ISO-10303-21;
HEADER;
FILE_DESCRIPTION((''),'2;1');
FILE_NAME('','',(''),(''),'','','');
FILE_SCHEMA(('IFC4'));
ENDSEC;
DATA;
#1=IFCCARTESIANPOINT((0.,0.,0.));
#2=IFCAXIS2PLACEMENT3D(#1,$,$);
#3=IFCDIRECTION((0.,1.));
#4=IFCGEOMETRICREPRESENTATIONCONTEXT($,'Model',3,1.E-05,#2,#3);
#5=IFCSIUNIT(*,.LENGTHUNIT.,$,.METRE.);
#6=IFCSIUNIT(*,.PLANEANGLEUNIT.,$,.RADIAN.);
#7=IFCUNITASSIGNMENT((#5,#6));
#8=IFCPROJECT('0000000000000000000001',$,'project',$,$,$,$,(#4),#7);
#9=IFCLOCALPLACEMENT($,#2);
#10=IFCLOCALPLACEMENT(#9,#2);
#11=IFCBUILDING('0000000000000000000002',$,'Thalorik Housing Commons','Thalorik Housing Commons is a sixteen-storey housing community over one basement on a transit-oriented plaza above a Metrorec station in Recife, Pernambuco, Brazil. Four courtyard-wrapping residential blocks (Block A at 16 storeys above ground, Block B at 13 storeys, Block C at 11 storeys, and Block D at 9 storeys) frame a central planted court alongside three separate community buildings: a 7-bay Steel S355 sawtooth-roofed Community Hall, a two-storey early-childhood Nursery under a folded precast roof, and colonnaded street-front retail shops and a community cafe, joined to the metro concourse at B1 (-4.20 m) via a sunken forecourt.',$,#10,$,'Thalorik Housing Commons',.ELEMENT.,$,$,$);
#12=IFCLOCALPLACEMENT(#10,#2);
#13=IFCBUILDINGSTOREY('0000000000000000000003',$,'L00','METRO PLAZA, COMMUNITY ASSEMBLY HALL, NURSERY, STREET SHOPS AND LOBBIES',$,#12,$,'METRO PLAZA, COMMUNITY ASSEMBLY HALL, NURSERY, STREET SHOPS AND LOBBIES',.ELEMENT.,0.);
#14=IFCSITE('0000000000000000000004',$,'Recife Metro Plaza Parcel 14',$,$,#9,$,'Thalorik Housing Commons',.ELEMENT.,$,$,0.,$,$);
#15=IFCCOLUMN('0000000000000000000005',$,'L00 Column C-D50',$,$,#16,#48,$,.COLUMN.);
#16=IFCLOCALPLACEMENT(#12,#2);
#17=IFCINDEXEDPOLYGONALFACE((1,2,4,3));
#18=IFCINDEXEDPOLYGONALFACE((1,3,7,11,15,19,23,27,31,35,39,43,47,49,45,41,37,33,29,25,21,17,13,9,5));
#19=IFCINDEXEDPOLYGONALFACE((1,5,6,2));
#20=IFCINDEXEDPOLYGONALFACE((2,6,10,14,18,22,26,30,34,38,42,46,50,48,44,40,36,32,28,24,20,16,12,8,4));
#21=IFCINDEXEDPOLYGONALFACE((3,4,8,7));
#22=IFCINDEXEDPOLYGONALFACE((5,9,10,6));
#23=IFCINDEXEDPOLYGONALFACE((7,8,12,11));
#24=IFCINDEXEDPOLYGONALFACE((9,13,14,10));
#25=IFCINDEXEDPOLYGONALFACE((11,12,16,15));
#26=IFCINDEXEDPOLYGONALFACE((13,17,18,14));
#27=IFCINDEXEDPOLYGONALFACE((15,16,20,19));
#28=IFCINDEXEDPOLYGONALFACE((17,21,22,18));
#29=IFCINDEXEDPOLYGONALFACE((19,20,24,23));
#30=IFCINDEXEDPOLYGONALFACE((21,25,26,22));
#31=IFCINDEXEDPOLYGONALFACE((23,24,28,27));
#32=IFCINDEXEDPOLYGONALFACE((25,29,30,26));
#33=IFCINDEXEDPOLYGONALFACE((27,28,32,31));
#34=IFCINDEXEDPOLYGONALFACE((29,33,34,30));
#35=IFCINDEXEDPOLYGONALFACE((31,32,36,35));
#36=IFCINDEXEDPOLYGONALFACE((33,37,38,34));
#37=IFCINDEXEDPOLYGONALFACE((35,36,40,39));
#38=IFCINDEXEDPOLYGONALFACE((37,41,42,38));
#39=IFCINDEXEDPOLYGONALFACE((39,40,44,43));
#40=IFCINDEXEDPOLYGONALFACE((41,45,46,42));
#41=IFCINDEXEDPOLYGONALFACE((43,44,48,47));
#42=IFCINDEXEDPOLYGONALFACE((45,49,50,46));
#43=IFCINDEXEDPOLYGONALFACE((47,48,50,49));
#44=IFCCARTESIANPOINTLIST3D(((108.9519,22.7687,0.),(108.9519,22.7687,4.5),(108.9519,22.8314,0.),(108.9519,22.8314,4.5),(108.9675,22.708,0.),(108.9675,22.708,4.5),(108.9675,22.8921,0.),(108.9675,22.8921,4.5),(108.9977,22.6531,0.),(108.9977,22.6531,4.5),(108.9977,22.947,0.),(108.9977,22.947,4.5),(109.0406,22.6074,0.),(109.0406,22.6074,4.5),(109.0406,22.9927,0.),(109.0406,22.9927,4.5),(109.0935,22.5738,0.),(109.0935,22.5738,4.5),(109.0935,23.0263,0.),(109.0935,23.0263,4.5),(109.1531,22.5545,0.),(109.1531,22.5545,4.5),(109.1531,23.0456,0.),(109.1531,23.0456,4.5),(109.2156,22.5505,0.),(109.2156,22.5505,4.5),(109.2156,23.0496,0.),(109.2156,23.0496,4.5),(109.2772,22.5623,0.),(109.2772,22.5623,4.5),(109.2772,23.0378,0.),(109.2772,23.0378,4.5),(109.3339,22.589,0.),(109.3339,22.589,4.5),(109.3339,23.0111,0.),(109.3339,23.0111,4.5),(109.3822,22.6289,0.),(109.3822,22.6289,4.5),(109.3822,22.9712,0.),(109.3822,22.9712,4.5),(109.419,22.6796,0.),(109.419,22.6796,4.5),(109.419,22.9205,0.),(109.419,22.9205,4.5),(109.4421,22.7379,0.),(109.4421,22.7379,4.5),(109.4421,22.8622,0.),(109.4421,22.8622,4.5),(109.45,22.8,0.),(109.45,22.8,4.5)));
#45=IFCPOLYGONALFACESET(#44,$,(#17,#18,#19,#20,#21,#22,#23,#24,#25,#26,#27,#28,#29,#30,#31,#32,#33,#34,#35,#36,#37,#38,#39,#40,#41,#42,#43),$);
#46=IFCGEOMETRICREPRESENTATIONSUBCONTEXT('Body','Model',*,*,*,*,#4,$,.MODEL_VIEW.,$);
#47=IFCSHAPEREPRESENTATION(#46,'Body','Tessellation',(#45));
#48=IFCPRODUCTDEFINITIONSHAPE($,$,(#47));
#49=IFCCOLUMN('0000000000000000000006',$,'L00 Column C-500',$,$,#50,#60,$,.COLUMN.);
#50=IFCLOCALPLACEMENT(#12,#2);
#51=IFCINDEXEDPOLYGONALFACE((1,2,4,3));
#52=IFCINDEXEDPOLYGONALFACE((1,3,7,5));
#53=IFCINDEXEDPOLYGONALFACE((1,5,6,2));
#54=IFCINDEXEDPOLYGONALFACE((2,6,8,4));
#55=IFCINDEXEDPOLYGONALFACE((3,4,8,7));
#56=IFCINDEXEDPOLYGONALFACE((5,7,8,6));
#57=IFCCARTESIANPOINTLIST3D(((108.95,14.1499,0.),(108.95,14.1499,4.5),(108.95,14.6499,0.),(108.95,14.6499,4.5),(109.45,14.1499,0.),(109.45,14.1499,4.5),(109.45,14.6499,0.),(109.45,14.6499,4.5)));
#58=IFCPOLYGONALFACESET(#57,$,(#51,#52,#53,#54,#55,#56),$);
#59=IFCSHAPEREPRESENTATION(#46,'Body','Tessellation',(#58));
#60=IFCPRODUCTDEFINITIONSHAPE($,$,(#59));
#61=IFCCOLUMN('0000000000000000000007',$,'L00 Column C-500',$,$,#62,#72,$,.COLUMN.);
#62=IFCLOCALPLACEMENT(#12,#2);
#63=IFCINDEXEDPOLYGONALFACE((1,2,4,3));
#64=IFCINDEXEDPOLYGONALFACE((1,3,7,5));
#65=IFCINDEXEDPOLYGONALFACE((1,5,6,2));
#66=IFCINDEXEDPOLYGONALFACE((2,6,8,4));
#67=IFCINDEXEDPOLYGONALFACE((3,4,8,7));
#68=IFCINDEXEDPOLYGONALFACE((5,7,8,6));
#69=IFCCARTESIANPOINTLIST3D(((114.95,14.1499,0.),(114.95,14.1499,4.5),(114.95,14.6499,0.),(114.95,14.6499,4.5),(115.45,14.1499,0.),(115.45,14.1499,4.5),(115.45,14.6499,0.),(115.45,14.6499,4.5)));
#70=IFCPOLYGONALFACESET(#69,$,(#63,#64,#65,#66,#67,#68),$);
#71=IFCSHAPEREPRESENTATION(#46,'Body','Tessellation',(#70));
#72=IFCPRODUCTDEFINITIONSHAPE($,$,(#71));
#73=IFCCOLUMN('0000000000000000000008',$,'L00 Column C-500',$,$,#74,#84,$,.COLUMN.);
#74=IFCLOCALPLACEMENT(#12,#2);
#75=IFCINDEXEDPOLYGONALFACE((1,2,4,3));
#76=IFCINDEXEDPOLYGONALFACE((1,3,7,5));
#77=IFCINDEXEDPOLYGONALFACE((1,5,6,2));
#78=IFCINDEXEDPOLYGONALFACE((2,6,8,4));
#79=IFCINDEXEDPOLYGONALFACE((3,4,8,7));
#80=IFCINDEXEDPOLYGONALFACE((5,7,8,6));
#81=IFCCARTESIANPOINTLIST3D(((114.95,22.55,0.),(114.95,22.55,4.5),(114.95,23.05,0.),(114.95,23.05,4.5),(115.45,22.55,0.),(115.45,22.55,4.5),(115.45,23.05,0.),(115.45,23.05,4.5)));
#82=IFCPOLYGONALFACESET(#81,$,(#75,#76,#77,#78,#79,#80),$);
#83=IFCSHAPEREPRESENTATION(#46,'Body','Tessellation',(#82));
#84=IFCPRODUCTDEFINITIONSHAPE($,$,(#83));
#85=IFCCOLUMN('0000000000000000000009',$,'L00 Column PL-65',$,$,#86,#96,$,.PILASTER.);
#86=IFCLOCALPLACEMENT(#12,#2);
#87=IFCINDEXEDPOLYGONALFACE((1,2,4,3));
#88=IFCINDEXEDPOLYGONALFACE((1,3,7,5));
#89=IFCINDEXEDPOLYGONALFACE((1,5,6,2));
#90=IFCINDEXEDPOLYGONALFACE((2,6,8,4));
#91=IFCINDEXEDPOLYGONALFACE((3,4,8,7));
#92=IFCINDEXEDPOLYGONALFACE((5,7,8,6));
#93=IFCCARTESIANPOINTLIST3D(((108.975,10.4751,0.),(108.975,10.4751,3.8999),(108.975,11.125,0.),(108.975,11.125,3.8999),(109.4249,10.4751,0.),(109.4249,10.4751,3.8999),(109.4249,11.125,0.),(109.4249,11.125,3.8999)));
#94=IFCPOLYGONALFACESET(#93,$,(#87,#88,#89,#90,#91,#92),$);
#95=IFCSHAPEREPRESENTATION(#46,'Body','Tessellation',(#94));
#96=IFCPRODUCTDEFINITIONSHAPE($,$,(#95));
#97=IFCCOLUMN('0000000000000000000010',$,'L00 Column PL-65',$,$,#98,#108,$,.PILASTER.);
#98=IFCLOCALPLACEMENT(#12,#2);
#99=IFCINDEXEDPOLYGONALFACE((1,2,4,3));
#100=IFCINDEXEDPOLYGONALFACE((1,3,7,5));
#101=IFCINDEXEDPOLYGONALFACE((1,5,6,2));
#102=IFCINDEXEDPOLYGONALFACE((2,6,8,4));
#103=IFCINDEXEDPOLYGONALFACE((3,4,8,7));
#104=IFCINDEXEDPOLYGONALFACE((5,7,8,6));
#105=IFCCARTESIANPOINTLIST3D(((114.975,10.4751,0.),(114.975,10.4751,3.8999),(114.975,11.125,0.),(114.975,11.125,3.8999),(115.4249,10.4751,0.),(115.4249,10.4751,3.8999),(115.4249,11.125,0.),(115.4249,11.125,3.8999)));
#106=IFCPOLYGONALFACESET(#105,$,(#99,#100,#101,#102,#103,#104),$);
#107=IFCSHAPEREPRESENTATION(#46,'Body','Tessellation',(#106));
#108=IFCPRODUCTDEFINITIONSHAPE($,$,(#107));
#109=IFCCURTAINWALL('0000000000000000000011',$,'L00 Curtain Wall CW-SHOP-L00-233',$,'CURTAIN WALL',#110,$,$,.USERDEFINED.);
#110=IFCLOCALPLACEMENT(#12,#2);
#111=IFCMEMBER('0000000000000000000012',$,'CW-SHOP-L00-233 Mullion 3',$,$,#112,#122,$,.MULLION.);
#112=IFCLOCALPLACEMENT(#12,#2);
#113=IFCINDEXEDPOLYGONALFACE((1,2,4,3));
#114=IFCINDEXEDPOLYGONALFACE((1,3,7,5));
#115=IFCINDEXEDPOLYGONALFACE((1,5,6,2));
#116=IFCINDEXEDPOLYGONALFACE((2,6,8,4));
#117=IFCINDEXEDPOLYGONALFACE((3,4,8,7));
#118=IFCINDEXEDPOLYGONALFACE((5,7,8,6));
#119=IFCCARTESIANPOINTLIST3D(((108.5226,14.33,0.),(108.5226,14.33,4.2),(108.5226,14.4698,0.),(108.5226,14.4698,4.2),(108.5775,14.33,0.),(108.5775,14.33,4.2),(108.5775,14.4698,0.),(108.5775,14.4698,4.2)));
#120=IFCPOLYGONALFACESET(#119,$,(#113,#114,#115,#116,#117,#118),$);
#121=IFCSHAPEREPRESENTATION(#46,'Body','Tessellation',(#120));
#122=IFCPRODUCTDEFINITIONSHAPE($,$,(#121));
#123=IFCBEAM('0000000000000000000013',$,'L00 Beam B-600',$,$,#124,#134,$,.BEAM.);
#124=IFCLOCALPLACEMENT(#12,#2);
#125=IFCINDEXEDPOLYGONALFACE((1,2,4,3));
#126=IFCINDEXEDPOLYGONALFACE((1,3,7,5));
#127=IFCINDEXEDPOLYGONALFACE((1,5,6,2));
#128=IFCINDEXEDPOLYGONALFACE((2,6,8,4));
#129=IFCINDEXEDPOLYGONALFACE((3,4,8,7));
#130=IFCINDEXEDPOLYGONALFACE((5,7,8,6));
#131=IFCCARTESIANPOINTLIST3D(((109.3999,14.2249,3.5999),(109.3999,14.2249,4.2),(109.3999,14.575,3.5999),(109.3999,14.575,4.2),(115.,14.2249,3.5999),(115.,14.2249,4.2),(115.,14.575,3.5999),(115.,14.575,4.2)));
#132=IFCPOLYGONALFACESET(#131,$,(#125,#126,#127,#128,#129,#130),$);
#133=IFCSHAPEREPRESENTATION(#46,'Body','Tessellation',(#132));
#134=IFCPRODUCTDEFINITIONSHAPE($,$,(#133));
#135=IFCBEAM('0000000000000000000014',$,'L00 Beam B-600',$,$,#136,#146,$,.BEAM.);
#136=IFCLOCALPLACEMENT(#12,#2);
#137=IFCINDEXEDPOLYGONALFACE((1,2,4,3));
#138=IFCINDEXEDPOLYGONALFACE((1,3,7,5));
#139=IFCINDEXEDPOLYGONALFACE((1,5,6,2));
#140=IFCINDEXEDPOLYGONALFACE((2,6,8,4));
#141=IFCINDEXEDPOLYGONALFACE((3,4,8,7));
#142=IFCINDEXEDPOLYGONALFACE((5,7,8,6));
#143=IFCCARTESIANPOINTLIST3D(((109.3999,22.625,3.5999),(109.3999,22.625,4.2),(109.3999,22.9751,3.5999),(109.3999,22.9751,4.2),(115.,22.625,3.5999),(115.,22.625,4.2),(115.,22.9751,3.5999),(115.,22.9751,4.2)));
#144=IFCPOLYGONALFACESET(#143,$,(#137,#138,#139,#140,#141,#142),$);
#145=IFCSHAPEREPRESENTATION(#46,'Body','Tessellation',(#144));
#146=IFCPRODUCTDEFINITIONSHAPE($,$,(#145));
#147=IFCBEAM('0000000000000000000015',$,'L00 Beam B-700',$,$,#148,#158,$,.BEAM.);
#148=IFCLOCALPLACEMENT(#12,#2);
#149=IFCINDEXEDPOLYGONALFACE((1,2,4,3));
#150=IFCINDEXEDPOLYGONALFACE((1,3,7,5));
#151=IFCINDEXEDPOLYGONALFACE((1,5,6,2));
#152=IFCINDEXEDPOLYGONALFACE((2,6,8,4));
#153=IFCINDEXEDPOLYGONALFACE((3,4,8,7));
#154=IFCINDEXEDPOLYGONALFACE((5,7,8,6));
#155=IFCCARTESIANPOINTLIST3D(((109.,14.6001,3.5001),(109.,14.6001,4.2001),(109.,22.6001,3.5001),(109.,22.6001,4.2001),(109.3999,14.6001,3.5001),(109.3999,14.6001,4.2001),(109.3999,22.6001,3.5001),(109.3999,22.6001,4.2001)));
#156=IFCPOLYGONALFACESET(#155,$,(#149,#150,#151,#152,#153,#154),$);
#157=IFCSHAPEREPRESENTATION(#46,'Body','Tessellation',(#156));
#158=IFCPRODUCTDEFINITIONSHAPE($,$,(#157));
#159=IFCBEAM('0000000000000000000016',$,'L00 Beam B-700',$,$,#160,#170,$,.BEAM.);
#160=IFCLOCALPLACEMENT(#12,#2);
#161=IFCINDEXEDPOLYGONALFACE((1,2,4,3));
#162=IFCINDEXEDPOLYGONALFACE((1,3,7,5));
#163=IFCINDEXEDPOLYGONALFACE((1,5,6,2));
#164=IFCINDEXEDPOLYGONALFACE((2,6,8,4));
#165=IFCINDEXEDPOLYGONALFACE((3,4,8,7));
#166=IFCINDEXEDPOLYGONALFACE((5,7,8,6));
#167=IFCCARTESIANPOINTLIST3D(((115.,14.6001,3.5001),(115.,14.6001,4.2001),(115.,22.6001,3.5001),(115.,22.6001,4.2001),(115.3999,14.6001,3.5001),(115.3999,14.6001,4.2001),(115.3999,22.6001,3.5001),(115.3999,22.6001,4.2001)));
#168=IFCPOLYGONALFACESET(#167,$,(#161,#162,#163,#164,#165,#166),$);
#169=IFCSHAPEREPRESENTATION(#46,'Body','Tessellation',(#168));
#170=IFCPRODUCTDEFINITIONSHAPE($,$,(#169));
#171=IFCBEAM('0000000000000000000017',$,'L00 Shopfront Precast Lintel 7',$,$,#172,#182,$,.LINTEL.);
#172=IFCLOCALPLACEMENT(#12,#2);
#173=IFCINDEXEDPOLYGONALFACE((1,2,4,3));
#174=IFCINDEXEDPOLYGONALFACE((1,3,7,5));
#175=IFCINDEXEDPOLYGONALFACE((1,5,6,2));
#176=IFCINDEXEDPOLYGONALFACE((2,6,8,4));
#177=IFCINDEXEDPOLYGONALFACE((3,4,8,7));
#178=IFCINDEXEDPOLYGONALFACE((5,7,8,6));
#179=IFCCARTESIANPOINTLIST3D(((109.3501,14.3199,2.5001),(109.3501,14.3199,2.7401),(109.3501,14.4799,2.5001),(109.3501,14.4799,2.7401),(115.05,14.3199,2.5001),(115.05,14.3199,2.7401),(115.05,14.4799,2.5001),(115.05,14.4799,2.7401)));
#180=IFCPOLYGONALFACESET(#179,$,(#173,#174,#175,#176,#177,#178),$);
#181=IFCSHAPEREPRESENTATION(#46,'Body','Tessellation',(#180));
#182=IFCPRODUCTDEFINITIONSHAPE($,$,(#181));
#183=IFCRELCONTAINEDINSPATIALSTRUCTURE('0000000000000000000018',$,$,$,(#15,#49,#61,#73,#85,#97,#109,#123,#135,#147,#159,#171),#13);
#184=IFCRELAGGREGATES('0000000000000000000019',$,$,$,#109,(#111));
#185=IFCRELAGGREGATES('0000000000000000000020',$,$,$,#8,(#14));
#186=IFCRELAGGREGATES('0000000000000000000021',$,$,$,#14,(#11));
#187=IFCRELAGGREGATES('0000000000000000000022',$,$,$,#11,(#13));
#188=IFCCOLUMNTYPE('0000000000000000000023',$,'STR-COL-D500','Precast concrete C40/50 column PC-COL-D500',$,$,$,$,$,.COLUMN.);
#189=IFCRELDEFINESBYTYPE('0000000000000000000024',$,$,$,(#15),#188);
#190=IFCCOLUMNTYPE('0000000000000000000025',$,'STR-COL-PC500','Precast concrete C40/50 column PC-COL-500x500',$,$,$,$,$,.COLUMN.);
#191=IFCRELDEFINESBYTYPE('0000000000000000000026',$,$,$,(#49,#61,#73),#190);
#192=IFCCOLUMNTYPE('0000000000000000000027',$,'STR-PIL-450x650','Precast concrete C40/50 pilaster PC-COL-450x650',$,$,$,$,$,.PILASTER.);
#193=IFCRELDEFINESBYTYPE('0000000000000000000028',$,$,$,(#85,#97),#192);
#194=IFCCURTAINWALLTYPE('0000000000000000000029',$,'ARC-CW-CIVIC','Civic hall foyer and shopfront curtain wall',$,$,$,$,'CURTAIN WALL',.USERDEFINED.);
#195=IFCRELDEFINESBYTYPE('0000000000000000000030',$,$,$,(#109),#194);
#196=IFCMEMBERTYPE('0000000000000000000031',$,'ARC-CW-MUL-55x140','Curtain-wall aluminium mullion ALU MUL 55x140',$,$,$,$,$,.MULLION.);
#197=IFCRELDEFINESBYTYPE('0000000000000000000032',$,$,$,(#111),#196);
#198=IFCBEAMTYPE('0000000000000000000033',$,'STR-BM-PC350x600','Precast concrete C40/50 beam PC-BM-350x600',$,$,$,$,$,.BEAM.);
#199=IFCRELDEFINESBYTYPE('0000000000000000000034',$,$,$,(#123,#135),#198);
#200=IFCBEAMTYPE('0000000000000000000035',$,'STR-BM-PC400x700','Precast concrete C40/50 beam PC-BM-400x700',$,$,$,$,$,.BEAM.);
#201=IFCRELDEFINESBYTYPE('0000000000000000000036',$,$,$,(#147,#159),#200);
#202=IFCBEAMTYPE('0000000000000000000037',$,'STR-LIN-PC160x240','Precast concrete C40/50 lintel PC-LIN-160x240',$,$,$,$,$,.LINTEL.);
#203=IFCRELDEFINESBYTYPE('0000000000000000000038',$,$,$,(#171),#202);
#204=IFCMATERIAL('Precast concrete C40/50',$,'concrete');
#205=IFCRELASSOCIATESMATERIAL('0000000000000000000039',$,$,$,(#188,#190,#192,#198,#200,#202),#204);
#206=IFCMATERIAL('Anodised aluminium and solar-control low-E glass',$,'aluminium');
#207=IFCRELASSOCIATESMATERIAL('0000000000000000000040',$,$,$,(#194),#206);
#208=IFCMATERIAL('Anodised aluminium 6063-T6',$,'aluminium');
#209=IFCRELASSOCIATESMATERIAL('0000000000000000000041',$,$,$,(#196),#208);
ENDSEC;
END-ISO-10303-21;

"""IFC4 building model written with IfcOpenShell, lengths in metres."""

from ifc_helpers import new_model, si_unit, direction, frame, origin, origin_2d, place, context, subcontext, project, spatial, rectangle, circle, extrude, material, material_profile, profile_set, type_object, element, aggregate, save


model = new_model("IFC4")

# Units and contexts
model_context = context("Model", 3, precision=1e-05, world=origin(), true_north=direction((0.0, 1.0)))
body_context = subcontext(model_context, "Body", "Model", "MODEL_VIEW")
ifc_project = project(units=[si_unit("LENGTHUNIT", "METRE"), si_unit("PLANEANGLEUNIT", "RADIAN")], contexts=[model_context])

# Site, building, storey
site_placement = place(None, origin())
site = spatial("IfcSite", under=ifc_project, at=site_placement, Name="Recife Metro Plaza Parcel 14", LongName="Thalorik Housing Commons", CompositionType="ELEMENT", RefElevation=0.0)
building_placement = place(site_placement, origin())
building = spatial("IfcBuilding", under=site, at=building_placement, Name="Thalorik Housing Commons", Description="Thalorik Housing Commons is a sixteen-storey housing community over one basement on a transit-oriented plaza above a Metrorec station in Recife, Pernambuco, Brazil. Four courtyard-wrapping residential blocks (Block A at 16 storeys above ground, Block B at 13 storeys, Block C at 11 storeys, and Block D at 9 storeys) frame a central planted court alongside three separate community buildings: a 7-bay Steel S355 sawtooth-roofed Community Hall, a two-storey early-childhood Nursery under a folded precast roof, and colonnaded street-front retail shops and a community cafe, joined to the metro concourse at B1 (-4.20 m) via a sunken forecourt.", LongName="Thalorik Housing Commons", CompositionType="ELEMENT")
storey_placement = place(building_placement, origin())
storey = spatial("IfcBuildingStorey", under=building, at=storey_placement, Name="L00", Description="METRO PLAZA, COMMUNITY ASSEMBLY HALL, NURSERY, STREET SHOPS AND LOBBIES", LongName="METRO PLAZA, COMMUNITY ASSEMBLY HALL, NURSERY, STREET SHOPS AND LOBBIES", CompositionType="ELEMENT", Elevation=0.0)

# Columns
ifc_material_1 = material(Name="Precast concrete C40/50", Category="concrete")
ifc_material_profile_1 = material_profile(ifc_material_1, circle(Radius=0.25, at=origin_2d()), Name="PC D500", Category="concrete")
ifc_profile_set_1 = profile_set([ifc_material_profile_1], Name="Precast concrete C40/50")
column_type_1 = type_object("IfcColumnType", Name="STR-COL-D500", Description="Precast concrete C40/50 column PC-COL-D500", PredefinedType="COLUMN", material=ifc_profile_set_1)
column_placement = place(storey_placement, frame((109.2, 22.8, 0.0), z_axis=(0.0, 0.0, 1.0), x_axis=(1.0, 0.0, 0.0)))
element("IfcColumn", 1, at=column_placement, inside=storey, type_object=column_type_1, Name="L00 Column C-D50", PredefinedType="COLUMN", context=body_context, shape_type="SweptSolid", body=[
    extrude(circle(Radius=0.25, at=origin_2d()), origin(), (0.0, 0.0, 1.0), 4.5),
])
ifc_material_profile_2 = material_profile(ifc_material_1, rectangle(XDim=0.5, YDim=0.5, at=origin_2d()), Name="PC 500x500", Category="concrete")
ifc_profile_set_2 = profile_set([ifc_material_profile_2], Name="Precast concrete C40/50")
column_type_2 = type_object("IfcColumnType", Name="STR-COL-PC500", Description="Precast concrete C40/50 column PC-COL-500x500", PredefinedType="COLUMN", material=ifc_profile_set_2)
for number, where, z_axis, x_axis, name in (
    (2, (109.2, 14.3999, 0.0), (0.0, 0.0, 1.0), (1.0, 0.0, 0.0), "L00 Column C-500"),
    (3, (115.2, 14.3999, 0.0), (0.0, 0.0, 1.0), (1.0, 0.0, 0.0), "L00 Column C-500"),
    (4, (115.2, 22.8, 0.0), (0.0, 0.0, 1.0), (1.0, 0.0, 0.0), "L00 Column C-500"),
):
    element("IfcColumn", number, at=place(storey_placement, frame(where, z_axis=z_axis, x_axis=x_axis)), inside=storey, type_object=column_type_2, Name=name, PredefinedType="COLUMN", context=body_context, shape_type="SweptSolid", body=[
        extrude(rectangle(XDim=0.5, YDim=0.5, at=origin_2d()), origin(), (0.0, 0.0, 1.0), 4.5),
    ])
ifc_material_profile_3 = material_profile(ifc_material_1, rectangle(XDim=0.45, YDim=0.6499, at=origin_2d()), Name="PC 450x650", Category="concrete")
ifc_profile_set_3 = profile_set([ifc_material_profile_3], Name="Precast concrete C40/50")
column_type_3 = type_object("IfcColumnType", Name="STR-PIL-450x650", Description="Precast concrete C40/50 pilaster PC-COL-450x650", PredefinedType="PILASTER", material=ifc_profile_set_3)
for number, where, z_axis, x_axis, name in (
    (5, (109.2, 10.8, 0.0), (0.0, 0.0, 1.0), (1.0, 0.0, 0.0), "L00 Column PL-65"),
    (6, (115.2, 10.8, 0.0), (0.0, 0.0, 1.0), (1.0, 0.0, 0.0), "L00 Column PL-65"),
):
    element("IfcColumn", number, at=place(storey_placement, frame(where, z_axis=z_axis, x_axis=x_axis)), inside=storey, type_object=column_type_3, Name=name, PredefinedType="PILASTER", context=body_context, shape_type="SweptSolid", body=[
        extrude(rectangle(XDim=0.45, YDim=0.6499, at=origin_2d()), origin(), (0.0, 0.0, 1.0), 3.8999),
    ])

# Curtain wall, member
ifc_material_2 = material(Name="Anodised aluminium and solar-control low-E glass", Category="aluminium")
curtain_wall_type = type_object("IfcCurtainWallType", Name="ARC-CW-CIVIC", Description="Civic hall foyer and shopfront curtain wall", ElementType="CURTAIN WALL", PredefinedType="USERDEFINED", material=ifc_material_2)
curtain_wall_placement = place(storey_placement, origin())
curtain_wall = element("IfcCurtainWall", 7, at=curtain_wall_placement, inside=storey, type_object=curtain_wall_type, Name="L00 Curtain Wall CW-SHOP-L00-233", ObjectType="CURTAIN WALL", PredefinedType="USERDEFINED")
ifc_material_3 = material(Name="Anodised aluminium 6063-T6", Category="aluminium")
ifc_material_profile_4 = material_profile(ifc_material_3, rectangle(XDim=0.0549, YDim=0.1399, at=origin_2d()), Name="ALU MUL 55x140", Category="aluminium")
ifc_profile_set_4 = profile_set([ifc_material_profile_4], Name="Anodised aluminium 6063-T6")
member_type = type_object("IfcMemberType", Name="ARC-CW-MUL-55x140", Description="Curtain-wall aluminium mullion ALU MUL 55x140", PredefinedType="MULLION", material=ifc_profile_set_4)
member_placement = place(storey_placement, frame((108.55, 14.3999, 0.0), z_axis=(0.0, 0.0, 1.0), x_axis=(1.0, 0.0, 0.0)))
member = element("IfcMember", 8, at=member_placement, type_object=member_type, Name="CW-SHOP-L00-233 Mullion 3", PredefinedType="MULLION", context=body_context, shape_type="SweptSolid", body=[
    extrude(rectangle(XDim=0.0549, YDim=0.1399, at=origin_2d()), origin(), (0.0, 0.0, 1.0), 4.2),
])
aggregate(curtain_wall, [member])

# Beams
ifc_material_profile_5 = material_profile(ifc_material_1, rectangle(XDim=0.3501, YDim=0.6001, at=origin_2d()), Name="PC 350x600", Category="concrete")
ifc_profile_set_5 = profile_set([ifc_material_profile_5], Name="Precast concrete C40/50")
beam_type_1 = type_object("IfcBeamType", Name="STR-BM-PC350x600", Description="Precast concrete C40/50 beam PC-BM-350x600", PredefinedType="BEAM", material=ifc_profile_set_5)
for number, where, z_axis, x_axis, name in (
    (9, (109.3999, 14.3999, 3.8999), (1.0, 0.0, 0.0), (0.0, 1.0, 0.0), "L00 Beam B-600"),
    (10, (109.3999, 22.8, 3.8999), (1.0, 0.0, 0.0), (0.0, 1.0, 0.0), "L00 Beam B-600"),
):
    element("IfcBeam", number, at=place(storey_placement, frame(where, z_axis=z_axis, x_axis=x_axis)), inside=storey, type_object=beam_type_1, Name=name, PredefinedType="BEAM", context=body_context, shape_type="SweptSolid", body=[
        extrude(rectangle(XDim=0.3501, YDim=0.6001, at=origin_2d()), origin(), (0.0, 0.0, 1.0), 5.6001),
    ])
ifc_material_profile_6 = material_profile(ifc_material_1, rectangle(XDim=0.3999, YDim=0.7, at=origin_2d()), Name="PC 400x700", Category="concrete")
ifc_profile_set_6 = profile_set([ifc_material_profile_6], Name="Precast concrete C40/50")
beam_type_2 = type_object("IfcBeamType", Name="STR-BM-PC400x700", Description="Precast concrete C40/50 beam PC-BM-400x700", PredefinedType="BEAM", material=ifc_profile_set_6)
for number, where, z_axis, x_axis, name in (
    (11, (109.2, 14.6001, 3.8501), (0.0, 1.0, 0.0), (-1.0, 0.0, 0.0), "L00 Beam B-700"),
    (12, (115.2, 14.6001, 3.8501), (0.0, 1.0, 0.0), (-1.0, 0.0, 0.0), "L00 Beam B-700"),
):
    element("IfcBeam", number, at=place(storey_placement, frame(where, z_axis=z_axis, x_axis=x_axis)), inside=storey, type_object=beam_type_2, Name=name, PredefinedType="BEAM", context=body_context, shape_type="SweptSolid", body=[
        extrude(rectangle(XDim=0.3999, YDim=0.7, at=origin_2d()), origin(), (0.0, 0.0, 1.0), 8.0),
    ])
ifc_material_profile_7 = material_profile(ifc_material_1, rectangle(XDim=0.1599, YDim=0.24, at=origin_2d()), Name="PC LIN 160x240", Category="concrete")
ifc_profile_set_7 = profile_set([ifc_material_profile_7], Name="Precast concrete C40/50")
beam_type_3 = type_object("IfcBeamType", Name="STR-LIN-PC160x240", Description="Precast concrete C40/50 lintel PC-LIN-160x240", PredefinedType="LINTEL", material=ifc_profile_set_7)
beam_placement = place(storey_placement, frame((109.3501, 14.3999, 2.6201), z_axis=(1.0, 0.0, 0.0), x_axis=(0.0, 1.0, 0.0)))
element("IfcBeam", 13, at=beam_placement, inside=storey, type_object=beam_type_3, Name="L00 Shopfront Precast Lintel 7", PredefinedType="LINTEL", context=body_context, shape_type="SweptSolid", body=[
    extrude(rectangle(XDim=0.1599, YDim=0.24, at=origin_2d()), origin(), (0.0, 0.0, 1.0), 5.7),
])

save(model, "model.ifc")
